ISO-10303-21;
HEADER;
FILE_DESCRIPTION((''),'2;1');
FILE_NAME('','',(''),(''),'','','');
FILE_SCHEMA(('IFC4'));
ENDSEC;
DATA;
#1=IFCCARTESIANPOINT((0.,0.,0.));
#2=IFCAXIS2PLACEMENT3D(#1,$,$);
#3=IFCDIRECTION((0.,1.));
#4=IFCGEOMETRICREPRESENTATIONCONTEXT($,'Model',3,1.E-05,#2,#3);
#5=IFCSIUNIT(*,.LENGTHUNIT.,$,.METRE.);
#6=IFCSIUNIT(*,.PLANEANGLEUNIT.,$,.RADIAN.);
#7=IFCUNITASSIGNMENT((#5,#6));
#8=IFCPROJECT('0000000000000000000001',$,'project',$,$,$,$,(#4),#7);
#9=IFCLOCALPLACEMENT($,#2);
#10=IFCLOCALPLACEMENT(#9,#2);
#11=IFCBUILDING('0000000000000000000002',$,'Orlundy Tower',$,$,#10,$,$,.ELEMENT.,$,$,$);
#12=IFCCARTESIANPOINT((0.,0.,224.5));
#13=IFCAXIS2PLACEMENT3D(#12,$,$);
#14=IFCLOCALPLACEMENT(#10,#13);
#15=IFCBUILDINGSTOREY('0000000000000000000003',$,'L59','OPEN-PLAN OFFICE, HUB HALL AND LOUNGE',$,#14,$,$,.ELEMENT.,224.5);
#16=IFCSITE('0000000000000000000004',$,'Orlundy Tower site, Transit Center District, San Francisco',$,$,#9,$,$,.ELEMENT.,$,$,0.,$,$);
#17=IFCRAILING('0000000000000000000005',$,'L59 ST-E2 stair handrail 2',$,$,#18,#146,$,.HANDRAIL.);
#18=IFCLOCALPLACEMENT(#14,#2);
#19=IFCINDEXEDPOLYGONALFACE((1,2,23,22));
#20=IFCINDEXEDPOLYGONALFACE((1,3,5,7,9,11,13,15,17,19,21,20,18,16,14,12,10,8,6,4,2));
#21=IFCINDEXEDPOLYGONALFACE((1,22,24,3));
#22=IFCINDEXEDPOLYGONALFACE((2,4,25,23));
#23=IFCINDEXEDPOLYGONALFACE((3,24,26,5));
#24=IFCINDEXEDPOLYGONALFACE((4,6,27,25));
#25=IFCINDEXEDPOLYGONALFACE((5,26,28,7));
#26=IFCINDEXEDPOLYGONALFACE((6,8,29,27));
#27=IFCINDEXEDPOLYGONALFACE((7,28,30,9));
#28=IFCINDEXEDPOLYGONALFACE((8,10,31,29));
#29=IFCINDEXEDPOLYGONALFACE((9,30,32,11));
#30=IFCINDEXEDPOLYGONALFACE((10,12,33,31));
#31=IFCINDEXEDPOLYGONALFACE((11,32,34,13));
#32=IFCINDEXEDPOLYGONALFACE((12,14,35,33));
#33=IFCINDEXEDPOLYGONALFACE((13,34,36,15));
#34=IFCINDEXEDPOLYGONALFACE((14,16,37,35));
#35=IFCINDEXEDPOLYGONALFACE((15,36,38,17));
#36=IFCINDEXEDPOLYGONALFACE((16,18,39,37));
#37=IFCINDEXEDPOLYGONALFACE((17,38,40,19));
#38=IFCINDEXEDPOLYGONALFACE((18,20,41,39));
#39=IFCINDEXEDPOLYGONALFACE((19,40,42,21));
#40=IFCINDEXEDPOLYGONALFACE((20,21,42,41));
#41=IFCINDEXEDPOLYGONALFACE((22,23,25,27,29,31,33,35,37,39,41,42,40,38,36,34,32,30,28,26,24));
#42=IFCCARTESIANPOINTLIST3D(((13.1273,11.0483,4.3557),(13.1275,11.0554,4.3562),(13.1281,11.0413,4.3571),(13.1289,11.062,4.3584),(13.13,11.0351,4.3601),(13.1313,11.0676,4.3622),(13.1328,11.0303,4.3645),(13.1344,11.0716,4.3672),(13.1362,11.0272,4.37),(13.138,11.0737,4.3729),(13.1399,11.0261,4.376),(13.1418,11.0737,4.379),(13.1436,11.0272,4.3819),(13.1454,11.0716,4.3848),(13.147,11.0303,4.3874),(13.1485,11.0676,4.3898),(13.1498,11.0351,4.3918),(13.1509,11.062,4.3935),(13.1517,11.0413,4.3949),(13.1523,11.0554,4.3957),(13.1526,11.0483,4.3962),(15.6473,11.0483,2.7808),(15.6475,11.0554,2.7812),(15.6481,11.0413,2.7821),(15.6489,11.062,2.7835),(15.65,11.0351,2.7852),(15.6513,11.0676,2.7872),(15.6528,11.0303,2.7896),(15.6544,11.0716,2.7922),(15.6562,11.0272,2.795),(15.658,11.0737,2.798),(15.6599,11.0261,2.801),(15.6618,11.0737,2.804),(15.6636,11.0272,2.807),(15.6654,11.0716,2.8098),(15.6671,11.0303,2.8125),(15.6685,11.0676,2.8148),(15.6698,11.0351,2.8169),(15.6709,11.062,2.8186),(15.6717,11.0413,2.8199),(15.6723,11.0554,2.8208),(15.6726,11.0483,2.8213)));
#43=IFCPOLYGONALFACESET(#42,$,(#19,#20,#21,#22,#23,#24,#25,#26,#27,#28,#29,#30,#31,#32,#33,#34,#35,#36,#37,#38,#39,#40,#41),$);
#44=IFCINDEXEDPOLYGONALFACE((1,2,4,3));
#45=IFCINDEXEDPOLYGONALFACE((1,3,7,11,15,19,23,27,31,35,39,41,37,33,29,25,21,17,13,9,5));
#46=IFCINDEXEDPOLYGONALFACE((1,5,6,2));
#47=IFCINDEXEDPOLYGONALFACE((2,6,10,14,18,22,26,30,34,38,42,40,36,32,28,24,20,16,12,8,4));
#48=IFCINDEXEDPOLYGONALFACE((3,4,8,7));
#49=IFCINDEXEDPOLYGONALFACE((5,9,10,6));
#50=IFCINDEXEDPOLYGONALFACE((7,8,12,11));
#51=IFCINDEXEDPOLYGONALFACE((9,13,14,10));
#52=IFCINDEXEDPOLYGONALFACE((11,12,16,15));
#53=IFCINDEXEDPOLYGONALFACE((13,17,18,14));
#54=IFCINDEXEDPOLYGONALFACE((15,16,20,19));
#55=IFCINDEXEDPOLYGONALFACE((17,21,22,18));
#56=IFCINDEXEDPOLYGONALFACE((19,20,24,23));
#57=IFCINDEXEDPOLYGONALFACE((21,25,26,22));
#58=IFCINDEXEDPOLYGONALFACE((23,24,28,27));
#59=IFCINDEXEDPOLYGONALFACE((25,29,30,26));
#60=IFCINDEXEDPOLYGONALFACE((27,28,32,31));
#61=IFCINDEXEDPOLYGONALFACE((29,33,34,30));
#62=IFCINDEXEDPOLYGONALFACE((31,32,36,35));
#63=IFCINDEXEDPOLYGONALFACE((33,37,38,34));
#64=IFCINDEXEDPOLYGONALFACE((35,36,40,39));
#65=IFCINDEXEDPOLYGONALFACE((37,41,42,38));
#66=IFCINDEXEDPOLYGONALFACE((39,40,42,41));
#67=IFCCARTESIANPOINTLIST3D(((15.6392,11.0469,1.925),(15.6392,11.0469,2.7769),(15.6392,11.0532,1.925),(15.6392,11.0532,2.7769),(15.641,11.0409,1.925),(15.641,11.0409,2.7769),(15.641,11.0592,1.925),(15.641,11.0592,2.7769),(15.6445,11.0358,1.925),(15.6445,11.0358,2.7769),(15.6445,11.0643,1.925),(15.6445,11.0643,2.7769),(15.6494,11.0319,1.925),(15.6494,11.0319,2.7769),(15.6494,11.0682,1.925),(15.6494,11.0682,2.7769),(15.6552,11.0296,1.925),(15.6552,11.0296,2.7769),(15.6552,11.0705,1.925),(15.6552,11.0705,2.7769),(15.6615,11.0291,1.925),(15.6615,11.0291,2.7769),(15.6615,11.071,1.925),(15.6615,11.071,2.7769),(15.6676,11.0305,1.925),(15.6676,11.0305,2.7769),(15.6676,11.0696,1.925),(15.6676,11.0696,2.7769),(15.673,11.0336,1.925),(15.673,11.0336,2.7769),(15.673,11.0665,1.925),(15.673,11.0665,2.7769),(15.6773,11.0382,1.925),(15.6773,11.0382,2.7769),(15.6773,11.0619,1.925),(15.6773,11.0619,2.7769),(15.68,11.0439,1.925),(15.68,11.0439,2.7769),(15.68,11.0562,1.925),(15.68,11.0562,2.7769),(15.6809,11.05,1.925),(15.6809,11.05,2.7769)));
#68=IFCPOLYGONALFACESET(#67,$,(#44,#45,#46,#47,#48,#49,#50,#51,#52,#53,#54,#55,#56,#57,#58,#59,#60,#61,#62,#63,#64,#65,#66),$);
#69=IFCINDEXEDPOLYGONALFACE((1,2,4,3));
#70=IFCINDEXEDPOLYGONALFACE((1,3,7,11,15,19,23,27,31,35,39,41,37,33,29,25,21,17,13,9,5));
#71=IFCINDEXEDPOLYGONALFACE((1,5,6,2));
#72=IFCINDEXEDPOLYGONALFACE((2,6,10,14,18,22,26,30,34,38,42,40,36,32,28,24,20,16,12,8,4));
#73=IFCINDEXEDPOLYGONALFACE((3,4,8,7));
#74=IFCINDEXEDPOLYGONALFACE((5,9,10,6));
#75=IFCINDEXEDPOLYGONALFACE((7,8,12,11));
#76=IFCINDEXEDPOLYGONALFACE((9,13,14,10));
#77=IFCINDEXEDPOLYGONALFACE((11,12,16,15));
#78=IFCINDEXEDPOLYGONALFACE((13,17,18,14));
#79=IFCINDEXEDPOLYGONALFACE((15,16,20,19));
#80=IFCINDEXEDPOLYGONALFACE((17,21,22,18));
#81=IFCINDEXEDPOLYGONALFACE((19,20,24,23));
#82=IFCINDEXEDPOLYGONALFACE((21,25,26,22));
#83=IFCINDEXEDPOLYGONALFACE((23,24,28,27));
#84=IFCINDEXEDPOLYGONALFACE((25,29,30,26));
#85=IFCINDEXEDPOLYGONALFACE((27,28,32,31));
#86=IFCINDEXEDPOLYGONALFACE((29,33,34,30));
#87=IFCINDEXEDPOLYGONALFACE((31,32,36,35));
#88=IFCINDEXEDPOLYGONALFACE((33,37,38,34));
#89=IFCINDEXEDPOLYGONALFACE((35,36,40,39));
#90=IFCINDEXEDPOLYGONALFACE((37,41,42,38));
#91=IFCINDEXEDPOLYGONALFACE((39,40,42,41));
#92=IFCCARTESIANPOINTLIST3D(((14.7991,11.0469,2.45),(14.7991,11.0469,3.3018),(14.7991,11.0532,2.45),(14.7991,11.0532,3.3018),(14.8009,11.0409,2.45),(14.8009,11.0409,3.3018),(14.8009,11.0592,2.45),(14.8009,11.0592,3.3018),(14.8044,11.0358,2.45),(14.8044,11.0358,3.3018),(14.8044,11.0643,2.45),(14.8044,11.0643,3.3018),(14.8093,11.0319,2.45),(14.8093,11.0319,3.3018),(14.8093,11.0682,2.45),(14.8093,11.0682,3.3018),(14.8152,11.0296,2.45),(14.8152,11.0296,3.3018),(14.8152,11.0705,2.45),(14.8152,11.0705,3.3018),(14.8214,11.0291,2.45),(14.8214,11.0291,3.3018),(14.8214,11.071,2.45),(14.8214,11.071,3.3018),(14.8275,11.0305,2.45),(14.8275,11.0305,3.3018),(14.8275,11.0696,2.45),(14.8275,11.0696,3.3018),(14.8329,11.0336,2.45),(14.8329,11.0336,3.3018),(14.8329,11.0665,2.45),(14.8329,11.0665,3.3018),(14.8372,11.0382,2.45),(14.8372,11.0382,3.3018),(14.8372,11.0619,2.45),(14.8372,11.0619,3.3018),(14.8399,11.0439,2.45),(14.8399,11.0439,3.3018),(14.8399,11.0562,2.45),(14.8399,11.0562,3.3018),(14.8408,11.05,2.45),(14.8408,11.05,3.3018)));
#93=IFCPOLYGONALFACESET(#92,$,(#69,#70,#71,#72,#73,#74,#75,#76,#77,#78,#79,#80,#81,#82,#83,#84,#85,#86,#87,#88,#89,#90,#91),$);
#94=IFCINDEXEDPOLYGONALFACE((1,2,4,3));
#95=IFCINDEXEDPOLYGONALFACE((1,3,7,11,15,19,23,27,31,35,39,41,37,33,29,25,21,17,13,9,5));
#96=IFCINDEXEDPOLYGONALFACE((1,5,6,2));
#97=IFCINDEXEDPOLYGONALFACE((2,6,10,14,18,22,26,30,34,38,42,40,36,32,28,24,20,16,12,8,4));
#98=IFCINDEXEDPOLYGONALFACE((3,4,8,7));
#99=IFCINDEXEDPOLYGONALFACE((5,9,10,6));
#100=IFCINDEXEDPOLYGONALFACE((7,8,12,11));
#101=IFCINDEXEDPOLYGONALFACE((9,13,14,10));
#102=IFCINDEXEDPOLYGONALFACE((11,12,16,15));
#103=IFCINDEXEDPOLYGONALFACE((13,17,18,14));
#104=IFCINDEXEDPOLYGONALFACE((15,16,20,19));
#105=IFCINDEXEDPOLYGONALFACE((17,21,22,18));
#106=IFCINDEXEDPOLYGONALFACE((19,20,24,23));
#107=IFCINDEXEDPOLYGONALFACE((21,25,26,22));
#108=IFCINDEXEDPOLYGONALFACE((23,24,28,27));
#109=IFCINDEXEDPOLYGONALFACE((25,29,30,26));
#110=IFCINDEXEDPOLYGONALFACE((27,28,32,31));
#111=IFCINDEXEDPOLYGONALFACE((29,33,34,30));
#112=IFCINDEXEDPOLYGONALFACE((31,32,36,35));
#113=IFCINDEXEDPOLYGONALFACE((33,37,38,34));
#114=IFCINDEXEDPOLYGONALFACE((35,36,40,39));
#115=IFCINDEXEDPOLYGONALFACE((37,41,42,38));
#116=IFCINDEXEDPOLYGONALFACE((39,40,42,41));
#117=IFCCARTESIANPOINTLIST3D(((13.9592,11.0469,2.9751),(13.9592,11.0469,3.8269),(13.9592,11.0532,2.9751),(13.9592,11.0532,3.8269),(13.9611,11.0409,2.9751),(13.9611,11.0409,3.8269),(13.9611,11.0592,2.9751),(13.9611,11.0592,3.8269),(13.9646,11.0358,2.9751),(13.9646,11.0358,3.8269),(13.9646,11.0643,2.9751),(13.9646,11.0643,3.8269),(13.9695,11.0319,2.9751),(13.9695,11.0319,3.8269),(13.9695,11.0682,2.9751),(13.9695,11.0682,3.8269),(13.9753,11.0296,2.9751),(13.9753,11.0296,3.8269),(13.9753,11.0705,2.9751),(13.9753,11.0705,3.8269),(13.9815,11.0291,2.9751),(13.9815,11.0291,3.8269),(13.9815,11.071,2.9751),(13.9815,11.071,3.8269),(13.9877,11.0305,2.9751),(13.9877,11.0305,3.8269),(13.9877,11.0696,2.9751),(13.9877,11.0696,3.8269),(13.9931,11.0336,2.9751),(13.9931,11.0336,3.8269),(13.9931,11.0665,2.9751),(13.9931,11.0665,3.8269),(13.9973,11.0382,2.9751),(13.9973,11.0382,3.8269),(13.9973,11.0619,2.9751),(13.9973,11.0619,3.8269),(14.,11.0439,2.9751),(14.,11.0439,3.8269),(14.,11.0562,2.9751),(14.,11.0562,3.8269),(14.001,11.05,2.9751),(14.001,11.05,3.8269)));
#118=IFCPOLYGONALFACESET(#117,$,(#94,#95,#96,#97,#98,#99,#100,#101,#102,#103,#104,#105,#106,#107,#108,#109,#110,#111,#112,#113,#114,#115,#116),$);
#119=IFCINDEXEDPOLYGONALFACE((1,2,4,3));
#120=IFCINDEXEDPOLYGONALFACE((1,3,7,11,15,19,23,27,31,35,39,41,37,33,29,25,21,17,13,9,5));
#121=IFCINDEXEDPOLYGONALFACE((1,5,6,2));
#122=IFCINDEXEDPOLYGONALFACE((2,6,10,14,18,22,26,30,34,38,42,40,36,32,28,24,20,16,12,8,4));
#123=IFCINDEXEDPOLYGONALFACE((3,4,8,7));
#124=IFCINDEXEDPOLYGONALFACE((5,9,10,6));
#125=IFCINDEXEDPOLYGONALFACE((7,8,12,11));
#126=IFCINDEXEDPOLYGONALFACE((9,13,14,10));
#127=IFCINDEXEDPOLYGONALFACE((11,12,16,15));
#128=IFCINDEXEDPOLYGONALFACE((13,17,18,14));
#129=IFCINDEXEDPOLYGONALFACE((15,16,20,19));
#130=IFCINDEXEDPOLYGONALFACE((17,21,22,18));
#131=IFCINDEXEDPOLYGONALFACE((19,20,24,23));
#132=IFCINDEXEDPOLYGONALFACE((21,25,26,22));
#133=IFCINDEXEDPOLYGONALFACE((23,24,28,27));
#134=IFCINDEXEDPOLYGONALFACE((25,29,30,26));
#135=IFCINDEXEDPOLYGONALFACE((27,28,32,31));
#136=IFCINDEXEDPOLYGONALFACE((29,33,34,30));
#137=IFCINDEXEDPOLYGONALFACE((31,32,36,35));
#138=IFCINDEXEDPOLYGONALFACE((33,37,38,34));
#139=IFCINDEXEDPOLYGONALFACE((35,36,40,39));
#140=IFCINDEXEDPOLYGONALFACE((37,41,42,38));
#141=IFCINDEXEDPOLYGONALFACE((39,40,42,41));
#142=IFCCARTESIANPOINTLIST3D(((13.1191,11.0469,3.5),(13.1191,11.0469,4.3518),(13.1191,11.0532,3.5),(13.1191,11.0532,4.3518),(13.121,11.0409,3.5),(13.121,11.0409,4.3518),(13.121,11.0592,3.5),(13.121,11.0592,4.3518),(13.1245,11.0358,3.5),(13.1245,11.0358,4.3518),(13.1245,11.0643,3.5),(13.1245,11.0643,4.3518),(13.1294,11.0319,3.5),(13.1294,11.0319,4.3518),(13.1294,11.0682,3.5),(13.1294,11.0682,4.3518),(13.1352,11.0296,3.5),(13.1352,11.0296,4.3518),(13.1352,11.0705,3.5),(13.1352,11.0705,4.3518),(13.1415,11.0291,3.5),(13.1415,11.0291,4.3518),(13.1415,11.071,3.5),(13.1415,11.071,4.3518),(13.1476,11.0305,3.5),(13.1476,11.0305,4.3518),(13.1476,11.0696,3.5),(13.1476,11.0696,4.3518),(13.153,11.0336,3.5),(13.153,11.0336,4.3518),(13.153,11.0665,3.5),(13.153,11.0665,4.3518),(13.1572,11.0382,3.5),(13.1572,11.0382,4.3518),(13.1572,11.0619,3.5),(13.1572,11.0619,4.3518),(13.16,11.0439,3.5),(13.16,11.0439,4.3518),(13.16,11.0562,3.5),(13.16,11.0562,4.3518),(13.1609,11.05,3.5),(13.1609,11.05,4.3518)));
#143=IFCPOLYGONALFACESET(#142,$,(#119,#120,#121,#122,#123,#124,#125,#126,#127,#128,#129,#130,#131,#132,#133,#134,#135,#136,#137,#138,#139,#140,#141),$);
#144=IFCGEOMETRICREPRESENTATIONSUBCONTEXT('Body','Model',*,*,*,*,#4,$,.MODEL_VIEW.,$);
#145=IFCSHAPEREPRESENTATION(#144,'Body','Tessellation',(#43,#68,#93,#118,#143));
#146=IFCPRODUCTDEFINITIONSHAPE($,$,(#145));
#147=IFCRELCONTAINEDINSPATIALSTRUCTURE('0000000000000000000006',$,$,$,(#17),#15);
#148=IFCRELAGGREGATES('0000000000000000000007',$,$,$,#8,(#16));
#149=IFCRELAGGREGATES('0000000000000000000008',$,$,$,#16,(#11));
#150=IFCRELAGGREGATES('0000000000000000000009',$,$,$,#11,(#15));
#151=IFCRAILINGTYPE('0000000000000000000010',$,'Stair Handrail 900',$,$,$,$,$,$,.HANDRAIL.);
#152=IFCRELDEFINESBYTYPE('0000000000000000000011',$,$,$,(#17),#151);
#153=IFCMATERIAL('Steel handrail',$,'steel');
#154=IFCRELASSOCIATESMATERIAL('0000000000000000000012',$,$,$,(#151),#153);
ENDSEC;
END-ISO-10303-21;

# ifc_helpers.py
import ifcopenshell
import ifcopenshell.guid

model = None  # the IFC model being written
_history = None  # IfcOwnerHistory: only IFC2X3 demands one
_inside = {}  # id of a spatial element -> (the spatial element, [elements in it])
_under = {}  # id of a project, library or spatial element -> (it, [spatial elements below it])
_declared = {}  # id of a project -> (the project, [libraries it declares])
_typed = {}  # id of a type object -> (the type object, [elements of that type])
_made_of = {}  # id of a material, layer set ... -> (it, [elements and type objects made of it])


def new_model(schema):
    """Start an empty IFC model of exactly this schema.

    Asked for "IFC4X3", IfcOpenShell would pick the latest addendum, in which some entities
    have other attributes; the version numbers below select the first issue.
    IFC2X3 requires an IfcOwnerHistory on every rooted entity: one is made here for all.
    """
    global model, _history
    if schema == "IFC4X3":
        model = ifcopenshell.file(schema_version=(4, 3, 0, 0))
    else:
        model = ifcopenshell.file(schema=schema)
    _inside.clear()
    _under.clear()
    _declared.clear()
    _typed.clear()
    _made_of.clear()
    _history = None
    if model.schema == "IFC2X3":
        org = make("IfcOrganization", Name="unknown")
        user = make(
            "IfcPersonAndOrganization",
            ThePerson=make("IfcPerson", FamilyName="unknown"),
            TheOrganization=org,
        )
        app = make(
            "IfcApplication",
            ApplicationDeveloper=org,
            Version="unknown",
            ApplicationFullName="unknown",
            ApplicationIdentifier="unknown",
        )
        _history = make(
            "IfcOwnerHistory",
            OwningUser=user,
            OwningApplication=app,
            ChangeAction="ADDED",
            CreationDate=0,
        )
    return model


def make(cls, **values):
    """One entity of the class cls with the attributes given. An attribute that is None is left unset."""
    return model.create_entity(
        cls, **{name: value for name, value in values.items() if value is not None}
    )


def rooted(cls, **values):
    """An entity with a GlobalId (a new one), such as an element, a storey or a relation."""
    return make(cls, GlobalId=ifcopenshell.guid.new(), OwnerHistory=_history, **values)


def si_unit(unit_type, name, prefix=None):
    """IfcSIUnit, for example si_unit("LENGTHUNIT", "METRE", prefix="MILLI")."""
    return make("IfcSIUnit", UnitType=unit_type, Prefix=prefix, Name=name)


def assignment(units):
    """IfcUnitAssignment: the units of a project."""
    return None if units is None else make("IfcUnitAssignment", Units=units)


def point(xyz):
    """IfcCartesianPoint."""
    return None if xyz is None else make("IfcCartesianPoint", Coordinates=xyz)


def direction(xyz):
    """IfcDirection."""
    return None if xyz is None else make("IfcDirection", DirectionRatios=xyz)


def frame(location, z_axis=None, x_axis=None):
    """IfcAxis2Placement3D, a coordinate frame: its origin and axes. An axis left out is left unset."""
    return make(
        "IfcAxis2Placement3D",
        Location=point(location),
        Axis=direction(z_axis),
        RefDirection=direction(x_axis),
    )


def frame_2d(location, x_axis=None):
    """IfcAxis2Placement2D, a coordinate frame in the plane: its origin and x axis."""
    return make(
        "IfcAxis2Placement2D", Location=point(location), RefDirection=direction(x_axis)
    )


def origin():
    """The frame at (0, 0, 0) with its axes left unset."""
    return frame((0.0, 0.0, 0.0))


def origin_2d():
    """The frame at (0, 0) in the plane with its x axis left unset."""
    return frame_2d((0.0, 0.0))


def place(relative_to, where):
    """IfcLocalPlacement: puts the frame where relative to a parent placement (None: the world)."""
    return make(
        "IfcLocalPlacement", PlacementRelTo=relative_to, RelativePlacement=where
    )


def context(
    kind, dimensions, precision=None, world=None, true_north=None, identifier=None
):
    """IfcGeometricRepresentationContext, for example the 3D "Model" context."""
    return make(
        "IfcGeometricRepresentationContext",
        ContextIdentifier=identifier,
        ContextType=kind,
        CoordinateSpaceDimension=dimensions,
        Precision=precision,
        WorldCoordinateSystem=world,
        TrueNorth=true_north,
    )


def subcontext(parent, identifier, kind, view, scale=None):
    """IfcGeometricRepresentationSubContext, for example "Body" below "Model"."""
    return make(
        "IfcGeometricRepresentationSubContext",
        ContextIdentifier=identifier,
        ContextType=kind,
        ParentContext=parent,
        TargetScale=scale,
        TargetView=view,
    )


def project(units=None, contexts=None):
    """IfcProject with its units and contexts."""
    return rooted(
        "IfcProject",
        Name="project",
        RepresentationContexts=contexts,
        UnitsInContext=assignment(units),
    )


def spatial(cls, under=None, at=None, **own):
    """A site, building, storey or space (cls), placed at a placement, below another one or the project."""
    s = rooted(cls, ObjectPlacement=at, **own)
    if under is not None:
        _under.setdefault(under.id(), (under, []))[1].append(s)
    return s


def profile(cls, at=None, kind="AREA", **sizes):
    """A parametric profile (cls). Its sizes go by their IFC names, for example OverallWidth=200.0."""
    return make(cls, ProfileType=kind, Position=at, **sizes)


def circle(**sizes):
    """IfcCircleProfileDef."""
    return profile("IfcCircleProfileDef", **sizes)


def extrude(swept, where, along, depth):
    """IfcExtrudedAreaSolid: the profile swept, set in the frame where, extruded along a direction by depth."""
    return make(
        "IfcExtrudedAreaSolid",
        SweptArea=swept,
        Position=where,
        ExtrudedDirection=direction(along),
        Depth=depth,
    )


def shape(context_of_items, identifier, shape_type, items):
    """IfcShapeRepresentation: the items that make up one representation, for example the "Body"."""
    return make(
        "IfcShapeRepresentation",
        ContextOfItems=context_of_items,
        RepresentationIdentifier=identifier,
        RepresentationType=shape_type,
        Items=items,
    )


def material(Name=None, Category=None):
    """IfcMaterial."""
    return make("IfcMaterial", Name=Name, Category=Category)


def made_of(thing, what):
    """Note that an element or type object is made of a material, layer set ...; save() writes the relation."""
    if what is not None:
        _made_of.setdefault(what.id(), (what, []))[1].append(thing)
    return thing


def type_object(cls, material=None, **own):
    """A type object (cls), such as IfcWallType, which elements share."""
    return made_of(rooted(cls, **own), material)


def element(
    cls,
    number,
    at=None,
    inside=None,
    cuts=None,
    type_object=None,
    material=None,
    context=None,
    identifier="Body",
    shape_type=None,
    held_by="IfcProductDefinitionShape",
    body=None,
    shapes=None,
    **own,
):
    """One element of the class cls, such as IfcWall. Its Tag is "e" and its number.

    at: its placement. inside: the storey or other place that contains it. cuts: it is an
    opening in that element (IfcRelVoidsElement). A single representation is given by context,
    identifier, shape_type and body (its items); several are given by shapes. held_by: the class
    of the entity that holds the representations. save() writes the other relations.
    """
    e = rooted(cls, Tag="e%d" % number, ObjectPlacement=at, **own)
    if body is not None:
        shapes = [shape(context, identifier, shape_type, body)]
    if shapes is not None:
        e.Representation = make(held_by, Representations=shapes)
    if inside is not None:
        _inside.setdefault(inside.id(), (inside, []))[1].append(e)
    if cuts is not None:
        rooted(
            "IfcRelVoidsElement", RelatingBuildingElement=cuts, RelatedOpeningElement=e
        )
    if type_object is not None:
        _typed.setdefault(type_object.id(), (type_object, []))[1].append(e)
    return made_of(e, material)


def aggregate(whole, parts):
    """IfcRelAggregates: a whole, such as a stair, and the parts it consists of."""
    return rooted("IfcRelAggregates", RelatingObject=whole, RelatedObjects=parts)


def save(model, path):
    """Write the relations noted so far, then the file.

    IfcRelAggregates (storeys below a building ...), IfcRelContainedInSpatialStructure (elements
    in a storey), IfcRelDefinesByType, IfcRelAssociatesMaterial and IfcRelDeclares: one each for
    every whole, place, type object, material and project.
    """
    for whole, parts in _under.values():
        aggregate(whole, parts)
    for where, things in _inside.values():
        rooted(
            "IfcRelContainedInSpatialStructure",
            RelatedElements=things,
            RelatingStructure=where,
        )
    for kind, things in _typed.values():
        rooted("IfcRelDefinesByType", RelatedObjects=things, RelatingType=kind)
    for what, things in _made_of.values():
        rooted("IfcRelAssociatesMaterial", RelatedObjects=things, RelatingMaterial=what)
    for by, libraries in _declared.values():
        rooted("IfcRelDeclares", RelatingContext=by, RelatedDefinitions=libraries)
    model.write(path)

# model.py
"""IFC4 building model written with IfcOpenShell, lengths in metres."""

from ifc_helpers import new_model, si_unit, direction, frame, origin, origin_2d, place, context, subcontext, project, spatial, circle, extrude, material, type_object, element, save


model = new_model("IFC4")

# Units and contexts
model_context = context("Model", 3, precision=1e-05, world=origin(), true_north=direction((0.0, 1.0)))
body_context = subcontext(model_context, "Body", "Model", "MODEL_VIEW")
ifc_project = project(units=[si_unit("LENGTHUNIT", "METRE"), si_unit("PLANEANGLEUNIT", "RADIAN")], contexts=[model_context])

# Site, building, storey
site_placement = place(None, origin())
site = spatial("IfcSite", under=ifc_project, at=site_placement, Name="Orlundy Tower site, Transit Center District, San Francisco", CompositionType="ELEMENT", RefElevation=0.0)
building_placement = place(site_placement, origin())
building = spatial("IfcBuilding", under=site, at=building_placement, Name="Orlundy Tower", CompositionType="ELEMENT")
storey_placement = place(building_placement, frame((0.0, 0.0, 224.5)))
storey = spatial("IfcBuildingStorey", under=building, at=storey_placement, Name="L59", Description="OPEN-PLAN OFFICE, HUB HALL AND LOUNGE", CompositionType="ELEMENT", Elevation=224.5)

# Railing
ifc_material_1 = material(Name="Steel handrail", Category="steel")
railing_type_1 = type_object("IfcRailingType", Name="Stair Handrail 900", PredefinedType="HANDRAIL", material=ifc_material_1)
railing_1_placement = place(storey_placement, frame((15.6599, 11.05, 1.925)))
element("IfcRailing", 1, at=railing_1_placement, inside=storey, type_object=railing_type_1, Name="L59 ST-E2 stair handrail 2", PredefinedType="HANDRAIL", context=body_context, shape_type="SweptSolid", body=[
    extrude(circle(Radius=0.0239, at=origin_2d()), frame((0.0, 0.0, 0.876), z_axis=(-0.848008, 0.0, 0.529984), x_axis=(0.0, -1.0, 0.0)), (0.0, 0.0, 1.0), 2.9717),
    extrude(circle(Radius=0.021, at=origin_2d()), origin(), (0.0, 0.0, 1.0), 0.8518),
    extrude(circle(Radius=0.021, at=origin_2d()), frame((-0.8401, 0.0, 0.5249)), (0.0, 0.0, 1.0), 0.8518),
    extrude(circle(Radius=0.021, at=origin_2d()), frame((-1.6799, 0.0, 1.05)), (0.0, 0.0, 1.0), 0.8518),
    extrude(circle(Radius=0.021, at=origin_2d()), frame((-2.52, 0.0, 1.575)), (0.0, 0.0, 1.0), 0.8518),
])

save(model, "model.ifc")
